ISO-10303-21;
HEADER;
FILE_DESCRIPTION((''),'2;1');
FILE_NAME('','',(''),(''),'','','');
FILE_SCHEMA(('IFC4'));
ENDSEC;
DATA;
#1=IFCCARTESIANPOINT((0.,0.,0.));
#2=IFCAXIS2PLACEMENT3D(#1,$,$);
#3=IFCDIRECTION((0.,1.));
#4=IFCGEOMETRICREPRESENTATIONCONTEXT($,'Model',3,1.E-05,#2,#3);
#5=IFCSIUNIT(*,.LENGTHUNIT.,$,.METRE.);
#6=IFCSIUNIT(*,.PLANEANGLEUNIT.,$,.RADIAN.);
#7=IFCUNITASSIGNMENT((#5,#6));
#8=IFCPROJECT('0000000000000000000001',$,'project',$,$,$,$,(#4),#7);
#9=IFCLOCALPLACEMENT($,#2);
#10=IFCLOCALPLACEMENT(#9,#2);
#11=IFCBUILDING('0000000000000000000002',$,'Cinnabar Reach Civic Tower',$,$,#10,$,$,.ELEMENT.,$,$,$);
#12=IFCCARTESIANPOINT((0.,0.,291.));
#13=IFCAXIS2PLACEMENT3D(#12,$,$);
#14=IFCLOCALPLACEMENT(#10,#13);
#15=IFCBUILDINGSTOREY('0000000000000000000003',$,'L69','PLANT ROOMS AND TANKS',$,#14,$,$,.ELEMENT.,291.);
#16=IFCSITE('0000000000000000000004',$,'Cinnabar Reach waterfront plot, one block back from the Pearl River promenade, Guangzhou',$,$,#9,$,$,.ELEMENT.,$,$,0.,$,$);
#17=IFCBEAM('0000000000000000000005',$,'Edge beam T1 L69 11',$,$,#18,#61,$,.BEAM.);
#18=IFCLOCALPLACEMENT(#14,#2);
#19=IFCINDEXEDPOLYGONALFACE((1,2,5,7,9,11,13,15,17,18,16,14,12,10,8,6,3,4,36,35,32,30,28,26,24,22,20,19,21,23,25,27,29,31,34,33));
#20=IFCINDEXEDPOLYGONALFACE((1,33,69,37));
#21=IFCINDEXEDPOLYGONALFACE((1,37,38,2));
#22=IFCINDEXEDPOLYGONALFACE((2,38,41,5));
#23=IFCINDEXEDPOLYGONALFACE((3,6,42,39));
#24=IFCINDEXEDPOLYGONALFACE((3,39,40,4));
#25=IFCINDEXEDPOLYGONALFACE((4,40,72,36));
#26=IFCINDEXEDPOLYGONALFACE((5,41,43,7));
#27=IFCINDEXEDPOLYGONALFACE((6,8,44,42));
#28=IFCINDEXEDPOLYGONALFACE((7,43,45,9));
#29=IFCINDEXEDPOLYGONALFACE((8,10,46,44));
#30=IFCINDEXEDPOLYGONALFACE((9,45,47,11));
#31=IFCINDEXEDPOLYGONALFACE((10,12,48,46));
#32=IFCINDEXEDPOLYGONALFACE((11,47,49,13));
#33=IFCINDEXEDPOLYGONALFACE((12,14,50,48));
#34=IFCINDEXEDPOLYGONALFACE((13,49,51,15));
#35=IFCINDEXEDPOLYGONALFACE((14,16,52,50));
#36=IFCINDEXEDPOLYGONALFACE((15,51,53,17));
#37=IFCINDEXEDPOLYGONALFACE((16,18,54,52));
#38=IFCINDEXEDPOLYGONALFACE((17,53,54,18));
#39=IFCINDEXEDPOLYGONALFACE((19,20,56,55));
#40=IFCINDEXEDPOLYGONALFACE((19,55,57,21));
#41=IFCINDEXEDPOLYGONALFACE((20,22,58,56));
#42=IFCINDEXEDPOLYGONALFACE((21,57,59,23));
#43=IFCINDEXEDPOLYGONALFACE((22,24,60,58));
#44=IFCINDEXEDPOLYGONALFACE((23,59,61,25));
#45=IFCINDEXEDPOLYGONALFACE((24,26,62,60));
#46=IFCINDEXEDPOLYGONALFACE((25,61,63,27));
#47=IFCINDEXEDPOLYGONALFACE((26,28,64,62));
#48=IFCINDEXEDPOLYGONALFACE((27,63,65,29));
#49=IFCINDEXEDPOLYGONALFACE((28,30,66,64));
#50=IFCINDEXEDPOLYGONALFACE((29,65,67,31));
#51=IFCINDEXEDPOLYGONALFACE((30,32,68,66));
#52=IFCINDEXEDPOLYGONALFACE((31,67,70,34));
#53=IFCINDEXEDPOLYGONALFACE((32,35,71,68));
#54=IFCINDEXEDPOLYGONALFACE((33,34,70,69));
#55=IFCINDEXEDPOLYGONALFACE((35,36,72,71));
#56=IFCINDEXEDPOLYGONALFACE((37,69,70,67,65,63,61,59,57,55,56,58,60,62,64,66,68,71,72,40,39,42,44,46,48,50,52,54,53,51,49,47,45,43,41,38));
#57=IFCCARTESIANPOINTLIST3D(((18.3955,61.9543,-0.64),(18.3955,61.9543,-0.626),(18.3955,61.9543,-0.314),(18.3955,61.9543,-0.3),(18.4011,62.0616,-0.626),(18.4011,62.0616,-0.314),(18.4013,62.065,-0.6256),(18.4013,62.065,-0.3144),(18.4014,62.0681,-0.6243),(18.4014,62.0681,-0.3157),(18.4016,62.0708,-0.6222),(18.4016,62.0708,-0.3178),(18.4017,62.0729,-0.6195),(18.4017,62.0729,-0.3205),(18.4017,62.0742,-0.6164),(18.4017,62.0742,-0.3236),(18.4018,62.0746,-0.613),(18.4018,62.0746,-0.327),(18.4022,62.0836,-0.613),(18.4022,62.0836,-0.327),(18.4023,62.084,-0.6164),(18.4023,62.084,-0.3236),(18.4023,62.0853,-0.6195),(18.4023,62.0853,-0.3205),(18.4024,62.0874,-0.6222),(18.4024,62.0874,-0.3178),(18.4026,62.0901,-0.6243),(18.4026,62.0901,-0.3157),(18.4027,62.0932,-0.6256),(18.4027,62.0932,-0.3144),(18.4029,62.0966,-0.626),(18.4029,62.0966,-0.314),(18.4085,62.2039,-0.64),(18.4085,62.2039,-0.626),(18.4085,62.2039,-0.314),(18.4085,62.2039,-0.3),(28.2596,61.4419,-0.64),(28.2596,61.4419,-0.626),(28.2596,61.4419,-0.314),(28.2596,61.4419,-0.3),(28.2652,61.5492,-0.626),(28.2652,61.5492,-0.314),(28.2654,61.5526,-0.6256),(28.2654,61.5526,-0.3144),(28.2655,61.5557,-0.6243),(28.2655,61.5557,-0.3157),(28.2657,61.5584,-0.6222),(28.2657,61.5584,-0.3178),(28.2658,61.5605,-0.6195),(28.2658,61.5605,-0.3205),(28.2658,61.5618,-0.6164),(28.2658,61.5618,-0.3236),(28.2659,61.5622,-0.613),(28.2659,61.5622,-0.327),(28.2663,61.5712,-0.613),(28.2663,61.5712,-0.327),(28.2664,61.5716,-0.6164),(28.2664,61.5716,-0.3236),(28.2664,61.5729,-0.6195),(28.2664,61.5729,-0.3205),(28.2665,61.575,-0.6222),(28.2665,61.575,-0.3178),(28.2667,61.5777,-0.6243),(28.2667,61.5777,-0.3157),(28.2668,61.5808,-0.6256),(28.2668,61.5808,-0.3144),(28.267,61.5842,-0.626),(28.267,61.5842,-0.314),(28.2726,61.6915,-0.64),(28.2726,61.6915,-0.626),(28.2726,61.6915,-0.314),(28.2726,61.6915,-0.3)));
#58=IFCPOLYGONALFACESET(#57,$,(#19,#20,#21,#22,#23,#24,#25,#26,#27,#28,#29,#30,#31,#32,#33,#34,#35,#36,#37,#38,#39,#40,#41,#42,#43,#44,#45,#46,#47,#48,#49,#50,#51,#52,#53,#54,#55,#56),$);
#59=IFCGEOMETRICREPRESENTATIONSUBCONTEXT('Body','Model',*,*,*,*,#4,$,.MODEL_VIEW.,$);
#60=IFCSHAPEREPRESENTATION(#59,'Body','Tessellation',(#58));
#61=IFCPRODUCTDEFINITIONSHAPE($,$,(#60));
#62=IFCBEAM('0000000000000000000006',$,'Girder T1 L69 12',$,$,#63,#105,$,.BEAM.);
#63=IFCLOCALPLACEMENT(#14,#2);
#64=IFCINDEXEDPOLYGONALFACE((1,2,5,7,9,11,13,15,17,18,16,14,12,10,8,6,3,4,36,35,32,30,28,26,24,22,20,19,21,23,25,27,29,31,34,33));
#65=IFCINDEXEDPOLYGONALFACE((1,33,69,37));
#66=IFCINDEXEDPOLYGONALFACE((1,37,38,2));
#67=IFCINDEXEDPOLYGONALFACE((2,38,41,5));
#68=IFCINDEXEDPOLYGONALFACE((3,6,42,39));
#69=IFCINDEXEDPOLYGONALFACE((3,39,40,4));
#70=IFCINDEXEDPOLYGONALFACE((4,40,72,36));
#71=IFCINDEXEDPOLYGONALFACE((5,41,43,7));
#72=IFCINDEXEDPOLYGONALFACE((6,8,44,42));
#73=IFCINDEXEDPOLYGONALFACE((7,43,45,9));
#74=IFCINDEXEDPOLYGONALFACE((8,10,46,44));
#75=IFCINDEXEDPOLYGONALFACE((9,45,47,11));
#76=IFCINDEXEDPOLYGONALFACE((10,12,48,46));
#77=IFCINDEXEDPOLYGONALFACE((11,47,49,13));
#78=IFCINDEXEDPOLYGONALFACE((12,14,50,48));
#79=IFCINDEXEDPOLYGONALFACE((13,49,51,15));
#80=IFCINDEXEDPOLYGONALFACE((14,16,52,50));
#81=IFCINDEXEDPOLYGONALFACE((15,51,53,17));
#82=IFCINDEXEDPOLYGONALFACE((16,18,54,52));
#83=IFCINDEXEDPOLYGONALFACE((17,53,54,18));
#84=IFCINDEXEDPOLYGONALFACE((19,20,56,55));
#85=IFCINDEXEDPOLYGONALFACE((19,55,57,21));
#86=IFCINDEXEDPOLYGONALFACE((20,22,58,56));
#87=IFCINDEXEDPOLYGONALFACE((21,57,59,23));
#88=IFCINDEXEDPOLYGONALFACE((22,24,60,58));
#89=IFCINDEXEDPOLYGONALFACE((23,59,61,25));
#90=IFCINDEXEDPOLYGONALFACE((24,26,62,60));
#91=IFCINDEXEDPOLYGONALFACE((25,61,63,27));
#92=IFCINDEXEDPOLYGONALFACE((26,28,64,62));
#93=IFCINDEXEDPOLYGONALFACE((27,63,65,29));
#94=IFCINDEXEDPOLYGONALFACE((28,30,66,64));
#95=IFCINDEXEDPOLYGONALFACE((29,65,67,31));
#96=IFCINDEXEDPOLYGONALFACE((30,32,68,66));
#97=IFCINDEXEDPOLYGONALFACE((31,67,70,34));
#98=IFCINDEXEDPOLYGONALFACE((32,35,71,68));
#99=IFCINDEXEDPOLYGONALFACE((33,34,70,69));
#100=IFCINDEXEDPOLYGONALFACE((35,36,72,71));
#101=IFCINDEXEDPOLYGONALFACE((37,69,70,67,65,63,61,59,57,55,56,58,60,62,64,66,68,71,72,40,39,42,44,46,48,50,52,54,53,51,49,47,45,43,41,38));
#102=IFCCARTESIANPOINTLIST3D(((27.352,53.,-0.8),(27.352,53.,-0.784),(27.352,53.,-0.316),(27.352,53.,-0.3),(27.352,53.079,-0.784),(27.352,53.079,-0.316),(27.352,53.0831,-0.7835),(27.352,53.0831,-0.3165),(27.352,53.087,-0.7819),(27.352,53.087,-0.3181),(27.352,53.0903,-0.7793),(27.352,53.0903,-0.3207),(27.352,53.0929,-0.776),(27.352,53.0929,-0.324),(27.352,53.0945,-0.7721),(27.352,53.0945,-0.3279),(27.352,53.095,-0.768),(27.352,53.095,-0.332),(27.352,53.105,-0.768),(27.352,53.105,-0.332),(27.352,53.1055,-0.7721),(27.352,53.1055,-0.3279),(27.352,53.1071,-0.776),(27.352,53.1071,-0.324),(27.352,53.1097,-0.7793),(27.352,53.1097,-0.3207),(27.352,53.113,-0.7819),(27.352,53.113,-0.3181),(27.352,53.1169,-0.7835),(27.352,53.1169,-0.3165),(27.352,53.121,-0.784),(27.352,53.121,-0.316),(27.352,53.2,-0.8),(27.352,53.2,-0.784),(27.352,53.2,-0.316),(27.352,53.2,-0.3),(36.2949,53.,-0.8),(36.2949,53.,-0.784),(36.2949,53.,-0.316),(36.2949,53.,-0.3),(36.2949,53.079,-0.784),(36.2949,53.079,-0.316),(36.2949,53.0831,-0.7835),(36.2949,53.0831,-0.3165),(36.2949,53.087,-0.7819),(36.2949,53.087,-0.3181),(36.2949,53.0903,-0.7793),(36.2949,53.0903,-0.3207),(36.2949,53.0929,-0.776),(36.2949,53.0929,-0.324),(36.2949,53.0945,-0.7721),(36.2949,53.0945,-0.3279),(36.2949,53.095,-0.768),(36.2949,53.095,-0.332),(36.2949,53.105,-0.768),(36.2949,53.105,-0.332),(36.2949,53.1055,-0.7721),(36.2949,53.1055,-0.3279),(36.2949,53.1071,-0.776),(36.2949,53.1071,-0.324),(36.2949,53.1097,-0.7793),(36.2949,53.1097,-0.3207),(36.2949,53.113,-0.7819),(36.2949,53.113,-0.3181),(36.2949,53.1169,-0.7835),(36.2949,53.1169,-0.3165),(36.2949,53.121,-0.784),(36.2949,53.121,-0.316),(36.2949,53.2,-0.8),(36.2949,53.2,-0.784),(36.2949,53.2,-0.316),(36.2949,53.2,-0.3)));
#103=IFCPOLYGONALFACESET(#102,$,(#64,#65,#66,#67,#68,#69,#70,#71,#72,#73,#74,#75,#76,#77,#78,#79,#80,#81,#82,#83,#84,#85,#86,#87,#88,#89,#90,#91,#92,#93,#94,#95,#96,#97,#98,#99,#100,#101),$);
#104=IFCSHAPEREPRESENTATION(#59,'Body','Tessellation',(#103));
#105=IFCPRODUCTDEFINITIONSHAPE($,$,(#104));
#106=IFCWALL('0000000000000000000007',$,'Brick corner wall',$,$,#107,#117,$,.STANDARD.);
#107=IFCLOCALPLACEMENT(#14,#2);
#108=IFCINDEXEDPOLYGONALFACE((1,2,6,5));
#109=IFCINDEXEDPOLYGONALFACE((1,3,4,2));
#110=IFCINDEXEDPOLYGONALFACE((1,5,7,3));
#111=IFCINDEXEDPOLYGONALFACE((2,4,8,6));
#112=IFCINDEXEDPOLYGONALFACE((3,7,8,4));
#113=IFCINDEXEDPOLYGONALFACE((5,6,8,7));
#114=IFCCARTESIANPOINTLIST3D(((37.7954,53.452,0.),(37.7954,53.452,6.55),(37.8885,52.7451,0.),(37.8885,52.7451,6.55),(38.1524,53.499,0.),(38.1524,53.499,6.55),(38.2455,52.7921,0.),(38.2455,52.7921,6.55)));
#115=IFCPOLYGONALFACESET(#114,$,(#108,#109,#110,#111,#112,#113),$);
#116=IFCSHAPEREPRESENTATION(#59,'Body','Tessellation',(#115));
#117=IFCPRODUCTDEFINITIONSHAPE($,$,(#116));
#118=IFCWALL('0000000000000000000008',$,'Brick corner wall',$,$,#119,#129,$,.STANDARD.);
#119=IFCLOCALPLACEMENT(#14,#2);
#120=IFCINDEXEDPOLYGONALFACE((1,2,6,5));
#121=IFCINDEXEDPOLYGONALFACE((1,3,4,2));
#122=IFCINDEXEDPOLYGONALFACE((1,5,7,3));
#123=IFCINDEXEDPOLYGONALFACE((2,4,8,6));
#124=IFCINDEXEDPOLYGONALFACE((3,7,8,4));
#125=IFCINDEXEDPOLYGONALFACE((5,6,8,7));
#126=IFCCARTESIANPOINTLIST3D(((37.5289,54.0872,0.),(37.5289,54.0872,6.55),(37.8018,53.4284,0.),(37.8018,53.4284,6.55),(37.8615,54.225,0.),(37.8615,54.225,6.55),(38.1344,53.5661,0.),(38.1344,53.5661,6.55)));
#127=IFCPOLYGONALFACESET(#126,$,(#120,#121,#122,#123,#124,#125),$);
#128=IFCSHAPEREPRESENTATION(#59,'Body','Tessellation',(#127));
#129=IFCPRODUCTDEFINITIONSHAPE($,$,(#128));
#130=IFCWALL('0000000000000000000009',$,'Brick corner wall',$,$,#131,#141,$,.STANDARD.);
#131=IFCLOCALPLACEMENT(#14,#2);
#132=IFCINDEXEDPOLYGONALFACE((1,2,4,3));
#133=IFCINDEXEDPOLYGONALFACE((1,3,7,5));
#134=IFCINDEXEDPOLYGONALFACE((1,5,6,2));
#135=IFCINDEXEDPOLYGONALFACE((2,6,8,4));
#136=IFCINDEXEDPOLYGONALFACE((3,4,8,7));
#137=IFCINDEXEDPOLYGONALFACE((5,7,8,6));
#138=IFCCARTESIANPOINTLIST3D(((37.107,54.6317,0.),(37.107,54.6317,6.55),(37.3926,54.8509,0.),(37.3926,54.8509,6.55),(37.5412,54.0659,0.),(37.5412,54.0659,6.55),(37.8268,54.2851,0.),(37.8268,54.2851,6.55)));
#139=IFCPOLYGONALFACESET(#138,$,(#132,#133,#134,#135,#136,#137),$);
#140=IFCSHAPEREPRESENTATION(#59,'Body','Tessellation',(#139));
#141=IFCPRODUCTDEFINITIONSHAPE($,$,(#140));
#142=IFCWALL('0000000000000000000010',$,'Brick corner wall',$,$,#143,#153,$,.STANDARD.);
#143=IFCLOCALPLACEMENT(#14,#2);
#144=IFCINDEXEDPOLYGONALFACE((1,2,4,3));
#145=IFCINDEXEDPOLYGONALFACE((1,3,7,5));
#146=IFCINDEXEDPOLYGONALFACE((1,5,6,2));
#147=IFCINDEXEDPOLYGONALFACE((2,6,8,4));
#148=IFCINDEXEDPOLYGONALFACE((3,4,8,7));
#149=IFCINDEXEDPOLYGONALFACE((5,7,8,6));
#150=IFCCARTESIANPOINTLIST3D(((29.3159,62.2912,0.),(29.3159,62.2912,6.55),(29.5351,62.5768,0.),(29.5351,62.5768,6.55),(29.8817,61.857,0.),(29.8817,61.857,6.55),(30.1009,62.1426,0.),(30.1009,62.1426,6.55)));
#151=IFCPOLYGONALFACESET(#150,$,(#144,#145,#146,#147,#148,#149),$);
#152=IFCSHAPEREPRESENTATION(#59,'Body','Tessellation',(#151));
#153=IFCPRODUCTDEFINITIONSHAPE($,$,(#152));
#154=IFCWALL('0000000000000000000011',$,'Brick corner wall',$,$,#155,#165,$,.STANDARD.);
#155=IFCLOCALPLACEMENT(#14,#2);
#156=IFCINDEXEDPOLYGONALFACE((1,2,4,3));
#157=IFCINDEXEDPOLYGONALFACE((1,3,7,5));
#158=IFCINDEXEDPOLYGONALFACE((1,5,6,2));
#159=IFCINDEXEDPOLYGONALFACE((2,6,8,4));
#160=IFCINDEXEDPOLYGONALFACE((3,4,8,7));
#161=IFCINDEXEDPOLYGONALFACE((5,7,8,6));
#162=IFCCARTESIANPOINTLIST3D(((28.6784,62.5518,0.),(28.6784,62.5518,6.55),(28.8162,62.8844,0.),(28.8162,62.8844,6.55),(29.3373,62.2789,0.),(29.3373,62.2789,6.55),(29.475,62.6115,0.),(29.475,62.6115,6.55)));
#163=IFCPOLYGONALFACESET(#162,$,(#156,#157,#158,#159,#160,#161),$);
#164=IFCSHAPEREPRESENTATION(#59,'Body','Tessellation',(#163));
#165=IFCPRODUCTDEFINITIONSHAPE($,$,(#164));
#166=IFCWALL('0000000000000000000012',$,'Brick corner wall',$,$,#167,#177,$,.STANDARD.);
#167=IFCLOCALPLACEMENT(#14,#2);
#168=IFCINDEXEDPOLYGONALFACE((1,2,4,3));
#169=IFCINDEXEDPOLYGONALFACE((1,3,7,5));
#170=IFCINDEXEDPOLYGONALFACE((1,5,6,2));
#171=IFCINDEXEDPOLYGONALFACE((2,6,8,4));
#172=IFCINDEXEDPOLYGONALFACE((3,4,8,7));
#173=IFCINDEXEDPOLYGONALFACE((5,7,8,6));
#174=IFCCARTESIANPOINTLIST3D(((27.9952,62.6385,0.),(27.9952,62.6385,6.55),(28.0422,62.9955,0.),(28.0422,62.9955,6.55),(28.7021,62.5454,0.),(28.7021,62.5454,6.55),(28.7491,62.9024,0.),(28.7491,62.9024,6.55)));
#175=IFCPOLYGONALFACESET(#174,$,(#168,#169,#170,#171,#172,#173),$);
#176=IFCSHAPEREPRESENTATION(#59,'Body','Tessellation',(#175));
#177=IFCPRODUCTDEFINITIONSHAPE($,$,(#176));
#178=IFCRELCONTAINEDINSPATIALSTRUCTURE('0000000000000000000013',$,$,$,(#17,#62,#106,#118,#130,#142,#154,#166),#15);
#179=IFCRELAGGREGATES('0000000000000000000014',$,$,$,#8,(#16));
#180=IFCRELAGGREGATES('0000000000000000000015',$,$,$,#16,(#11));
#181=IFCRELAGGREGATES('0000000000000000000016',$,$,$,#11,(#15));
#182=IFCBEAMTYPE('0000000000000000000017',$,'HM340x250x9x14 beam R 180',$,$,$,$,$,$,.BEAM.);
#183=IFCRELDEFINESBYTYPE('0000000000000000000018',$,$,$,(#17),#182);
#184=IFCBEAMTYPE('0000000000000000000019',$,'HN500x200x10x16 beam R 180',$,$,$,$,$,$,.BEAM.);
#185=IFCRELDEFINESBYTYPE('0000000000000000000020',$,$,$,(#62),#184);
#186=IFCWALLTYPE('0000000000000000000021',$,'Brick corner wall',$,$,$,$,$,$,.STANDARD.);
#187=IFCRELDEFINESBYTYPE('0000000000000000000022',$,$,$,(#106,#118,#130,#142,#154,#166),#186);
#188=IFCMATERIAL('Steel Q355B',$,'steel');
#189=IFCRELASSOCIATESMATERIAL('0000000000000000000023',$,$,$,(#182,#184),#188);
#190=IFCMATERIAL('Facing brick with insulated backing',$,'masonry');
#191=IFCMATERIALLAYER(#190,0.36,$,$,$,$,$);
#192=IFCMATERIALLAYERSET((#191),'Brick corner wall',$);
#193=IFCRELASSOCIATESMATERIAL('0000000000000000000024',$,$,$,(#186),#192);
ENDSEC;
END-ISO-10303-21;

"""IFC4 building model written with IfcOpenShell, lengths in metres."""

from ifc_helpers import new_model, si_unit, direction, frame, frame_2d, origin, origin_2d, place, context, subcontext, project, spatial, rectangle, i_section, extrude, material, layer, layer_set, material_profile, profile_set, type_object, element, save


model = new_model("IFC4")

# Units and contexts
model_context = context("Model", 3, precision=1e-05, world=origin(), true_north=direction((0.0, 1.0)))
body_context = subcontext(model_context, "Body", "Model", "MODEL_VIEW")
ifc_project = project(units=[si_unit("LENGTHUNIT", "METRE"), si_unit("PLANEANGLEUNIT", "RADIAN")], contexts=[model_context])

# Site, building, storey
site_placement = place(None, origin())
site = spatial("IfcSite", under=ifc_project, at=site_placement, Name="Cinnabar Reach waterfront plot, one block back from the Pearl River promenade, Guangzhou", CompositionType="ELEMENT", RefElevation=0.0)
building_placement = place(site_placement, origin())
building = spatial("IfcBuilding", under=site, at=building_placement, Name="Cinnabar Reach Civic Tower", CompositionType="ELEMENT")
storey_placement = place(building_placement, frame((0.0, 0.0, 291.0)))
storey = spatial("IfcBuildingStorey", under=building, at=storey_placement, Name="L69", Description="PLANT ROOMS AND TANKS", CompositionType="ELEMENT", Elevation=291.0)

# Beams
ifc_material_1 = material(Name="Steel Q355B", Category="steel")
ifc_material_profile_1 = material_profile(ifc_material_1, i_section(OverallWidth=0.25, OverallDepth=0.34, WebThickness=0.009, FlangeThickness=0.014, FilletRadius=0.013, at=origin_2d()), Name="HM340x250x9x14")
ifc_profile_set_1 = profile_set([ifc_material_profile_1], Name="Steel Q355B")
beam_type_1 = type_object("IfcBeamType", Name="HM340x250x9x14 beam R 180", PredefinedType="BEAM", material=ifc_profile_set_1)
beam_1_placement = place(storey_placement, frame((28.2661, 61.5667, -0.47), z_axis=(-0.998654, 0.051876, 0.0), x_axis=(-0.051876, -0.998654, 0.0)))
element("IfcBeam", 1, at=beam_1_placement, inside=storey, type_object=beam_type_1, Name="Edge beam T1 L69 11", PredefinedType="BEAM", context=body_context, shape_type="SweptSolid", body=[
    extrude(i_section(OverallWidth=0.25, OverallDepth=0.34, WebThickness=0.009, FlangeThickness=0.014, FilletRadius=0.013, at=origin_2d()), origin(), (0.0, 0.0, 1.0), 9.8774),
])
ifc_material_profile_2 = material_profile(ifc_material_1, i_section(OverallWidth=0.2, OverallDepth=0.5, WebThickness=0.01, FlangeThickness=0.016, FilletRadius=0.016, at=origin_2d()), Name="HN500x200x10x16")
ifc_profile_set_2 = profile_set([ifc_material_profile_2], Name="Steel Q355B")
beam_type_2 = type_object("IfcBeamType", Name="HN500x200x10x16 beam R 180", PredefinedType="BEAM", material=ifc_profile_set_2)
beam_2_placement = place(storey_placement, frame((27.352, 53.1, -0.55), z_axis=(1.0, 0.0, 0.0), x_axis=(0.0, 1.0, 0.0)))
element("IfcBeam", 2, at=beam_2_placement, inside=storey, type_object=beam_type_2, Name="Girder T1 L69 12", PredefinedType="BEAM", context=body_context, shape_type="SweptSolid", body=[
    extrude(i_section(OverallWidth=0.2, OverallDepth=0.5, WebThickness=0.01, FlangeThickness=0.016, FilletRadius=0.016, at=origin_2d()), origin(), (0.0, 0.0, 1.0), 8.9429),
])

# Walls
ifc_material_2 = material(Name="Facing brick with insulated backing", Category="masonry")
ifc_layer_1 = layer(ifc_material_2, 0.36)
ifc_layer_set_1 = layer_set([ifc_layer_1], Name="Brick corner wall")
wall_type_1 = type_object("IfcWallType", Name="Brick corner wall", PredefinedType="STANDARD", material=ifc_layer_set_1)
for number, where, z_axis, x_axis, name in (
    (3, (38.067, 52.7686, 0.0), (0.0, 0.0, 1.0), (-0.130556, 0.991441, 0.0), "Brick corner wall"),
    (4, (37.9681, 53.4973, 0.0), (0.0, 0.0, 1.0), (-0.382703, 0.923872, 0.0), "Brick corner wall"),
):
    element("IfcWall", number, at=place(storey_placement, frame(where, z_axis=z_axis, x_axis=x_axis)), inside=storey, type_object=wall_type_1, Name=name, PredefinedType="STANDARD", context=body_context, shape_type="SweptSolid", body=[
        extrude(rectangle(XDim=0.7131, YDim=0.36, at=frame_2d((0.3565, 0.0))), origin(), (0.0, 0.0, 1.0), 6.55),
    ])
for number, where, z_axis, x_axis, name in (
    (5, (37.684, 54.1755, 0.0), (0.0, 0.0, 1.0), (-0.608802, 0.793322, 0.0), "Brick corner wall"),
    (6, (29.9913, 61.9998, 0.0), (0.0, 0.0, 1.0), (-0.793322, 0.608802, 0.0), "Brick corner wall"),
):
    element("IfcWall", number, at=place(storey_placement, frame(where, z_axis=z_axis, x_axis=x_axis)), inside=storey, type_object=wall_type_1, Name=name, PredefinedType="STANDARD", context=body_context, shape_type="SweptSolid", body=[
        extrude(rectangle(XDim=0.7132, YDim=0.36, at=frame_2d((0.3566, 0.0))), origin(), (0.0, 0.0, 1.0), 6.55),
    ])
for number, where, z_axis, x_axis, name in (
    (7, (29.4061, 62.4452, 0.0), (0.0, 0.0, 1.0), (-0.923872, 0.382703, 0.0), "Brick corner wall"),
    (8, (28.7256, 62.7239, 0.0), (0.0, 0.0, 1.0), (-0.991441, 0.130556, 0.0), "Brick corner wall"),
):
    element("IfcWall", number, at=place(storey_placement, frame(where, z_axis=z_axis, x_axis=x_axis)), inside=storey, type_object=wall_type_1, Name=name, PredefinedType="STANDARD", context=body_context, shape_type="SweptSolid", body=[
        extrude(rectangle(XDim=0.7131, YDim=0.36, at=frame_2d((0.3565, 0.0))), origin(), (0.0, 0.0, 1.0), 6.55),
    ])

save(model, "model.ifc")
